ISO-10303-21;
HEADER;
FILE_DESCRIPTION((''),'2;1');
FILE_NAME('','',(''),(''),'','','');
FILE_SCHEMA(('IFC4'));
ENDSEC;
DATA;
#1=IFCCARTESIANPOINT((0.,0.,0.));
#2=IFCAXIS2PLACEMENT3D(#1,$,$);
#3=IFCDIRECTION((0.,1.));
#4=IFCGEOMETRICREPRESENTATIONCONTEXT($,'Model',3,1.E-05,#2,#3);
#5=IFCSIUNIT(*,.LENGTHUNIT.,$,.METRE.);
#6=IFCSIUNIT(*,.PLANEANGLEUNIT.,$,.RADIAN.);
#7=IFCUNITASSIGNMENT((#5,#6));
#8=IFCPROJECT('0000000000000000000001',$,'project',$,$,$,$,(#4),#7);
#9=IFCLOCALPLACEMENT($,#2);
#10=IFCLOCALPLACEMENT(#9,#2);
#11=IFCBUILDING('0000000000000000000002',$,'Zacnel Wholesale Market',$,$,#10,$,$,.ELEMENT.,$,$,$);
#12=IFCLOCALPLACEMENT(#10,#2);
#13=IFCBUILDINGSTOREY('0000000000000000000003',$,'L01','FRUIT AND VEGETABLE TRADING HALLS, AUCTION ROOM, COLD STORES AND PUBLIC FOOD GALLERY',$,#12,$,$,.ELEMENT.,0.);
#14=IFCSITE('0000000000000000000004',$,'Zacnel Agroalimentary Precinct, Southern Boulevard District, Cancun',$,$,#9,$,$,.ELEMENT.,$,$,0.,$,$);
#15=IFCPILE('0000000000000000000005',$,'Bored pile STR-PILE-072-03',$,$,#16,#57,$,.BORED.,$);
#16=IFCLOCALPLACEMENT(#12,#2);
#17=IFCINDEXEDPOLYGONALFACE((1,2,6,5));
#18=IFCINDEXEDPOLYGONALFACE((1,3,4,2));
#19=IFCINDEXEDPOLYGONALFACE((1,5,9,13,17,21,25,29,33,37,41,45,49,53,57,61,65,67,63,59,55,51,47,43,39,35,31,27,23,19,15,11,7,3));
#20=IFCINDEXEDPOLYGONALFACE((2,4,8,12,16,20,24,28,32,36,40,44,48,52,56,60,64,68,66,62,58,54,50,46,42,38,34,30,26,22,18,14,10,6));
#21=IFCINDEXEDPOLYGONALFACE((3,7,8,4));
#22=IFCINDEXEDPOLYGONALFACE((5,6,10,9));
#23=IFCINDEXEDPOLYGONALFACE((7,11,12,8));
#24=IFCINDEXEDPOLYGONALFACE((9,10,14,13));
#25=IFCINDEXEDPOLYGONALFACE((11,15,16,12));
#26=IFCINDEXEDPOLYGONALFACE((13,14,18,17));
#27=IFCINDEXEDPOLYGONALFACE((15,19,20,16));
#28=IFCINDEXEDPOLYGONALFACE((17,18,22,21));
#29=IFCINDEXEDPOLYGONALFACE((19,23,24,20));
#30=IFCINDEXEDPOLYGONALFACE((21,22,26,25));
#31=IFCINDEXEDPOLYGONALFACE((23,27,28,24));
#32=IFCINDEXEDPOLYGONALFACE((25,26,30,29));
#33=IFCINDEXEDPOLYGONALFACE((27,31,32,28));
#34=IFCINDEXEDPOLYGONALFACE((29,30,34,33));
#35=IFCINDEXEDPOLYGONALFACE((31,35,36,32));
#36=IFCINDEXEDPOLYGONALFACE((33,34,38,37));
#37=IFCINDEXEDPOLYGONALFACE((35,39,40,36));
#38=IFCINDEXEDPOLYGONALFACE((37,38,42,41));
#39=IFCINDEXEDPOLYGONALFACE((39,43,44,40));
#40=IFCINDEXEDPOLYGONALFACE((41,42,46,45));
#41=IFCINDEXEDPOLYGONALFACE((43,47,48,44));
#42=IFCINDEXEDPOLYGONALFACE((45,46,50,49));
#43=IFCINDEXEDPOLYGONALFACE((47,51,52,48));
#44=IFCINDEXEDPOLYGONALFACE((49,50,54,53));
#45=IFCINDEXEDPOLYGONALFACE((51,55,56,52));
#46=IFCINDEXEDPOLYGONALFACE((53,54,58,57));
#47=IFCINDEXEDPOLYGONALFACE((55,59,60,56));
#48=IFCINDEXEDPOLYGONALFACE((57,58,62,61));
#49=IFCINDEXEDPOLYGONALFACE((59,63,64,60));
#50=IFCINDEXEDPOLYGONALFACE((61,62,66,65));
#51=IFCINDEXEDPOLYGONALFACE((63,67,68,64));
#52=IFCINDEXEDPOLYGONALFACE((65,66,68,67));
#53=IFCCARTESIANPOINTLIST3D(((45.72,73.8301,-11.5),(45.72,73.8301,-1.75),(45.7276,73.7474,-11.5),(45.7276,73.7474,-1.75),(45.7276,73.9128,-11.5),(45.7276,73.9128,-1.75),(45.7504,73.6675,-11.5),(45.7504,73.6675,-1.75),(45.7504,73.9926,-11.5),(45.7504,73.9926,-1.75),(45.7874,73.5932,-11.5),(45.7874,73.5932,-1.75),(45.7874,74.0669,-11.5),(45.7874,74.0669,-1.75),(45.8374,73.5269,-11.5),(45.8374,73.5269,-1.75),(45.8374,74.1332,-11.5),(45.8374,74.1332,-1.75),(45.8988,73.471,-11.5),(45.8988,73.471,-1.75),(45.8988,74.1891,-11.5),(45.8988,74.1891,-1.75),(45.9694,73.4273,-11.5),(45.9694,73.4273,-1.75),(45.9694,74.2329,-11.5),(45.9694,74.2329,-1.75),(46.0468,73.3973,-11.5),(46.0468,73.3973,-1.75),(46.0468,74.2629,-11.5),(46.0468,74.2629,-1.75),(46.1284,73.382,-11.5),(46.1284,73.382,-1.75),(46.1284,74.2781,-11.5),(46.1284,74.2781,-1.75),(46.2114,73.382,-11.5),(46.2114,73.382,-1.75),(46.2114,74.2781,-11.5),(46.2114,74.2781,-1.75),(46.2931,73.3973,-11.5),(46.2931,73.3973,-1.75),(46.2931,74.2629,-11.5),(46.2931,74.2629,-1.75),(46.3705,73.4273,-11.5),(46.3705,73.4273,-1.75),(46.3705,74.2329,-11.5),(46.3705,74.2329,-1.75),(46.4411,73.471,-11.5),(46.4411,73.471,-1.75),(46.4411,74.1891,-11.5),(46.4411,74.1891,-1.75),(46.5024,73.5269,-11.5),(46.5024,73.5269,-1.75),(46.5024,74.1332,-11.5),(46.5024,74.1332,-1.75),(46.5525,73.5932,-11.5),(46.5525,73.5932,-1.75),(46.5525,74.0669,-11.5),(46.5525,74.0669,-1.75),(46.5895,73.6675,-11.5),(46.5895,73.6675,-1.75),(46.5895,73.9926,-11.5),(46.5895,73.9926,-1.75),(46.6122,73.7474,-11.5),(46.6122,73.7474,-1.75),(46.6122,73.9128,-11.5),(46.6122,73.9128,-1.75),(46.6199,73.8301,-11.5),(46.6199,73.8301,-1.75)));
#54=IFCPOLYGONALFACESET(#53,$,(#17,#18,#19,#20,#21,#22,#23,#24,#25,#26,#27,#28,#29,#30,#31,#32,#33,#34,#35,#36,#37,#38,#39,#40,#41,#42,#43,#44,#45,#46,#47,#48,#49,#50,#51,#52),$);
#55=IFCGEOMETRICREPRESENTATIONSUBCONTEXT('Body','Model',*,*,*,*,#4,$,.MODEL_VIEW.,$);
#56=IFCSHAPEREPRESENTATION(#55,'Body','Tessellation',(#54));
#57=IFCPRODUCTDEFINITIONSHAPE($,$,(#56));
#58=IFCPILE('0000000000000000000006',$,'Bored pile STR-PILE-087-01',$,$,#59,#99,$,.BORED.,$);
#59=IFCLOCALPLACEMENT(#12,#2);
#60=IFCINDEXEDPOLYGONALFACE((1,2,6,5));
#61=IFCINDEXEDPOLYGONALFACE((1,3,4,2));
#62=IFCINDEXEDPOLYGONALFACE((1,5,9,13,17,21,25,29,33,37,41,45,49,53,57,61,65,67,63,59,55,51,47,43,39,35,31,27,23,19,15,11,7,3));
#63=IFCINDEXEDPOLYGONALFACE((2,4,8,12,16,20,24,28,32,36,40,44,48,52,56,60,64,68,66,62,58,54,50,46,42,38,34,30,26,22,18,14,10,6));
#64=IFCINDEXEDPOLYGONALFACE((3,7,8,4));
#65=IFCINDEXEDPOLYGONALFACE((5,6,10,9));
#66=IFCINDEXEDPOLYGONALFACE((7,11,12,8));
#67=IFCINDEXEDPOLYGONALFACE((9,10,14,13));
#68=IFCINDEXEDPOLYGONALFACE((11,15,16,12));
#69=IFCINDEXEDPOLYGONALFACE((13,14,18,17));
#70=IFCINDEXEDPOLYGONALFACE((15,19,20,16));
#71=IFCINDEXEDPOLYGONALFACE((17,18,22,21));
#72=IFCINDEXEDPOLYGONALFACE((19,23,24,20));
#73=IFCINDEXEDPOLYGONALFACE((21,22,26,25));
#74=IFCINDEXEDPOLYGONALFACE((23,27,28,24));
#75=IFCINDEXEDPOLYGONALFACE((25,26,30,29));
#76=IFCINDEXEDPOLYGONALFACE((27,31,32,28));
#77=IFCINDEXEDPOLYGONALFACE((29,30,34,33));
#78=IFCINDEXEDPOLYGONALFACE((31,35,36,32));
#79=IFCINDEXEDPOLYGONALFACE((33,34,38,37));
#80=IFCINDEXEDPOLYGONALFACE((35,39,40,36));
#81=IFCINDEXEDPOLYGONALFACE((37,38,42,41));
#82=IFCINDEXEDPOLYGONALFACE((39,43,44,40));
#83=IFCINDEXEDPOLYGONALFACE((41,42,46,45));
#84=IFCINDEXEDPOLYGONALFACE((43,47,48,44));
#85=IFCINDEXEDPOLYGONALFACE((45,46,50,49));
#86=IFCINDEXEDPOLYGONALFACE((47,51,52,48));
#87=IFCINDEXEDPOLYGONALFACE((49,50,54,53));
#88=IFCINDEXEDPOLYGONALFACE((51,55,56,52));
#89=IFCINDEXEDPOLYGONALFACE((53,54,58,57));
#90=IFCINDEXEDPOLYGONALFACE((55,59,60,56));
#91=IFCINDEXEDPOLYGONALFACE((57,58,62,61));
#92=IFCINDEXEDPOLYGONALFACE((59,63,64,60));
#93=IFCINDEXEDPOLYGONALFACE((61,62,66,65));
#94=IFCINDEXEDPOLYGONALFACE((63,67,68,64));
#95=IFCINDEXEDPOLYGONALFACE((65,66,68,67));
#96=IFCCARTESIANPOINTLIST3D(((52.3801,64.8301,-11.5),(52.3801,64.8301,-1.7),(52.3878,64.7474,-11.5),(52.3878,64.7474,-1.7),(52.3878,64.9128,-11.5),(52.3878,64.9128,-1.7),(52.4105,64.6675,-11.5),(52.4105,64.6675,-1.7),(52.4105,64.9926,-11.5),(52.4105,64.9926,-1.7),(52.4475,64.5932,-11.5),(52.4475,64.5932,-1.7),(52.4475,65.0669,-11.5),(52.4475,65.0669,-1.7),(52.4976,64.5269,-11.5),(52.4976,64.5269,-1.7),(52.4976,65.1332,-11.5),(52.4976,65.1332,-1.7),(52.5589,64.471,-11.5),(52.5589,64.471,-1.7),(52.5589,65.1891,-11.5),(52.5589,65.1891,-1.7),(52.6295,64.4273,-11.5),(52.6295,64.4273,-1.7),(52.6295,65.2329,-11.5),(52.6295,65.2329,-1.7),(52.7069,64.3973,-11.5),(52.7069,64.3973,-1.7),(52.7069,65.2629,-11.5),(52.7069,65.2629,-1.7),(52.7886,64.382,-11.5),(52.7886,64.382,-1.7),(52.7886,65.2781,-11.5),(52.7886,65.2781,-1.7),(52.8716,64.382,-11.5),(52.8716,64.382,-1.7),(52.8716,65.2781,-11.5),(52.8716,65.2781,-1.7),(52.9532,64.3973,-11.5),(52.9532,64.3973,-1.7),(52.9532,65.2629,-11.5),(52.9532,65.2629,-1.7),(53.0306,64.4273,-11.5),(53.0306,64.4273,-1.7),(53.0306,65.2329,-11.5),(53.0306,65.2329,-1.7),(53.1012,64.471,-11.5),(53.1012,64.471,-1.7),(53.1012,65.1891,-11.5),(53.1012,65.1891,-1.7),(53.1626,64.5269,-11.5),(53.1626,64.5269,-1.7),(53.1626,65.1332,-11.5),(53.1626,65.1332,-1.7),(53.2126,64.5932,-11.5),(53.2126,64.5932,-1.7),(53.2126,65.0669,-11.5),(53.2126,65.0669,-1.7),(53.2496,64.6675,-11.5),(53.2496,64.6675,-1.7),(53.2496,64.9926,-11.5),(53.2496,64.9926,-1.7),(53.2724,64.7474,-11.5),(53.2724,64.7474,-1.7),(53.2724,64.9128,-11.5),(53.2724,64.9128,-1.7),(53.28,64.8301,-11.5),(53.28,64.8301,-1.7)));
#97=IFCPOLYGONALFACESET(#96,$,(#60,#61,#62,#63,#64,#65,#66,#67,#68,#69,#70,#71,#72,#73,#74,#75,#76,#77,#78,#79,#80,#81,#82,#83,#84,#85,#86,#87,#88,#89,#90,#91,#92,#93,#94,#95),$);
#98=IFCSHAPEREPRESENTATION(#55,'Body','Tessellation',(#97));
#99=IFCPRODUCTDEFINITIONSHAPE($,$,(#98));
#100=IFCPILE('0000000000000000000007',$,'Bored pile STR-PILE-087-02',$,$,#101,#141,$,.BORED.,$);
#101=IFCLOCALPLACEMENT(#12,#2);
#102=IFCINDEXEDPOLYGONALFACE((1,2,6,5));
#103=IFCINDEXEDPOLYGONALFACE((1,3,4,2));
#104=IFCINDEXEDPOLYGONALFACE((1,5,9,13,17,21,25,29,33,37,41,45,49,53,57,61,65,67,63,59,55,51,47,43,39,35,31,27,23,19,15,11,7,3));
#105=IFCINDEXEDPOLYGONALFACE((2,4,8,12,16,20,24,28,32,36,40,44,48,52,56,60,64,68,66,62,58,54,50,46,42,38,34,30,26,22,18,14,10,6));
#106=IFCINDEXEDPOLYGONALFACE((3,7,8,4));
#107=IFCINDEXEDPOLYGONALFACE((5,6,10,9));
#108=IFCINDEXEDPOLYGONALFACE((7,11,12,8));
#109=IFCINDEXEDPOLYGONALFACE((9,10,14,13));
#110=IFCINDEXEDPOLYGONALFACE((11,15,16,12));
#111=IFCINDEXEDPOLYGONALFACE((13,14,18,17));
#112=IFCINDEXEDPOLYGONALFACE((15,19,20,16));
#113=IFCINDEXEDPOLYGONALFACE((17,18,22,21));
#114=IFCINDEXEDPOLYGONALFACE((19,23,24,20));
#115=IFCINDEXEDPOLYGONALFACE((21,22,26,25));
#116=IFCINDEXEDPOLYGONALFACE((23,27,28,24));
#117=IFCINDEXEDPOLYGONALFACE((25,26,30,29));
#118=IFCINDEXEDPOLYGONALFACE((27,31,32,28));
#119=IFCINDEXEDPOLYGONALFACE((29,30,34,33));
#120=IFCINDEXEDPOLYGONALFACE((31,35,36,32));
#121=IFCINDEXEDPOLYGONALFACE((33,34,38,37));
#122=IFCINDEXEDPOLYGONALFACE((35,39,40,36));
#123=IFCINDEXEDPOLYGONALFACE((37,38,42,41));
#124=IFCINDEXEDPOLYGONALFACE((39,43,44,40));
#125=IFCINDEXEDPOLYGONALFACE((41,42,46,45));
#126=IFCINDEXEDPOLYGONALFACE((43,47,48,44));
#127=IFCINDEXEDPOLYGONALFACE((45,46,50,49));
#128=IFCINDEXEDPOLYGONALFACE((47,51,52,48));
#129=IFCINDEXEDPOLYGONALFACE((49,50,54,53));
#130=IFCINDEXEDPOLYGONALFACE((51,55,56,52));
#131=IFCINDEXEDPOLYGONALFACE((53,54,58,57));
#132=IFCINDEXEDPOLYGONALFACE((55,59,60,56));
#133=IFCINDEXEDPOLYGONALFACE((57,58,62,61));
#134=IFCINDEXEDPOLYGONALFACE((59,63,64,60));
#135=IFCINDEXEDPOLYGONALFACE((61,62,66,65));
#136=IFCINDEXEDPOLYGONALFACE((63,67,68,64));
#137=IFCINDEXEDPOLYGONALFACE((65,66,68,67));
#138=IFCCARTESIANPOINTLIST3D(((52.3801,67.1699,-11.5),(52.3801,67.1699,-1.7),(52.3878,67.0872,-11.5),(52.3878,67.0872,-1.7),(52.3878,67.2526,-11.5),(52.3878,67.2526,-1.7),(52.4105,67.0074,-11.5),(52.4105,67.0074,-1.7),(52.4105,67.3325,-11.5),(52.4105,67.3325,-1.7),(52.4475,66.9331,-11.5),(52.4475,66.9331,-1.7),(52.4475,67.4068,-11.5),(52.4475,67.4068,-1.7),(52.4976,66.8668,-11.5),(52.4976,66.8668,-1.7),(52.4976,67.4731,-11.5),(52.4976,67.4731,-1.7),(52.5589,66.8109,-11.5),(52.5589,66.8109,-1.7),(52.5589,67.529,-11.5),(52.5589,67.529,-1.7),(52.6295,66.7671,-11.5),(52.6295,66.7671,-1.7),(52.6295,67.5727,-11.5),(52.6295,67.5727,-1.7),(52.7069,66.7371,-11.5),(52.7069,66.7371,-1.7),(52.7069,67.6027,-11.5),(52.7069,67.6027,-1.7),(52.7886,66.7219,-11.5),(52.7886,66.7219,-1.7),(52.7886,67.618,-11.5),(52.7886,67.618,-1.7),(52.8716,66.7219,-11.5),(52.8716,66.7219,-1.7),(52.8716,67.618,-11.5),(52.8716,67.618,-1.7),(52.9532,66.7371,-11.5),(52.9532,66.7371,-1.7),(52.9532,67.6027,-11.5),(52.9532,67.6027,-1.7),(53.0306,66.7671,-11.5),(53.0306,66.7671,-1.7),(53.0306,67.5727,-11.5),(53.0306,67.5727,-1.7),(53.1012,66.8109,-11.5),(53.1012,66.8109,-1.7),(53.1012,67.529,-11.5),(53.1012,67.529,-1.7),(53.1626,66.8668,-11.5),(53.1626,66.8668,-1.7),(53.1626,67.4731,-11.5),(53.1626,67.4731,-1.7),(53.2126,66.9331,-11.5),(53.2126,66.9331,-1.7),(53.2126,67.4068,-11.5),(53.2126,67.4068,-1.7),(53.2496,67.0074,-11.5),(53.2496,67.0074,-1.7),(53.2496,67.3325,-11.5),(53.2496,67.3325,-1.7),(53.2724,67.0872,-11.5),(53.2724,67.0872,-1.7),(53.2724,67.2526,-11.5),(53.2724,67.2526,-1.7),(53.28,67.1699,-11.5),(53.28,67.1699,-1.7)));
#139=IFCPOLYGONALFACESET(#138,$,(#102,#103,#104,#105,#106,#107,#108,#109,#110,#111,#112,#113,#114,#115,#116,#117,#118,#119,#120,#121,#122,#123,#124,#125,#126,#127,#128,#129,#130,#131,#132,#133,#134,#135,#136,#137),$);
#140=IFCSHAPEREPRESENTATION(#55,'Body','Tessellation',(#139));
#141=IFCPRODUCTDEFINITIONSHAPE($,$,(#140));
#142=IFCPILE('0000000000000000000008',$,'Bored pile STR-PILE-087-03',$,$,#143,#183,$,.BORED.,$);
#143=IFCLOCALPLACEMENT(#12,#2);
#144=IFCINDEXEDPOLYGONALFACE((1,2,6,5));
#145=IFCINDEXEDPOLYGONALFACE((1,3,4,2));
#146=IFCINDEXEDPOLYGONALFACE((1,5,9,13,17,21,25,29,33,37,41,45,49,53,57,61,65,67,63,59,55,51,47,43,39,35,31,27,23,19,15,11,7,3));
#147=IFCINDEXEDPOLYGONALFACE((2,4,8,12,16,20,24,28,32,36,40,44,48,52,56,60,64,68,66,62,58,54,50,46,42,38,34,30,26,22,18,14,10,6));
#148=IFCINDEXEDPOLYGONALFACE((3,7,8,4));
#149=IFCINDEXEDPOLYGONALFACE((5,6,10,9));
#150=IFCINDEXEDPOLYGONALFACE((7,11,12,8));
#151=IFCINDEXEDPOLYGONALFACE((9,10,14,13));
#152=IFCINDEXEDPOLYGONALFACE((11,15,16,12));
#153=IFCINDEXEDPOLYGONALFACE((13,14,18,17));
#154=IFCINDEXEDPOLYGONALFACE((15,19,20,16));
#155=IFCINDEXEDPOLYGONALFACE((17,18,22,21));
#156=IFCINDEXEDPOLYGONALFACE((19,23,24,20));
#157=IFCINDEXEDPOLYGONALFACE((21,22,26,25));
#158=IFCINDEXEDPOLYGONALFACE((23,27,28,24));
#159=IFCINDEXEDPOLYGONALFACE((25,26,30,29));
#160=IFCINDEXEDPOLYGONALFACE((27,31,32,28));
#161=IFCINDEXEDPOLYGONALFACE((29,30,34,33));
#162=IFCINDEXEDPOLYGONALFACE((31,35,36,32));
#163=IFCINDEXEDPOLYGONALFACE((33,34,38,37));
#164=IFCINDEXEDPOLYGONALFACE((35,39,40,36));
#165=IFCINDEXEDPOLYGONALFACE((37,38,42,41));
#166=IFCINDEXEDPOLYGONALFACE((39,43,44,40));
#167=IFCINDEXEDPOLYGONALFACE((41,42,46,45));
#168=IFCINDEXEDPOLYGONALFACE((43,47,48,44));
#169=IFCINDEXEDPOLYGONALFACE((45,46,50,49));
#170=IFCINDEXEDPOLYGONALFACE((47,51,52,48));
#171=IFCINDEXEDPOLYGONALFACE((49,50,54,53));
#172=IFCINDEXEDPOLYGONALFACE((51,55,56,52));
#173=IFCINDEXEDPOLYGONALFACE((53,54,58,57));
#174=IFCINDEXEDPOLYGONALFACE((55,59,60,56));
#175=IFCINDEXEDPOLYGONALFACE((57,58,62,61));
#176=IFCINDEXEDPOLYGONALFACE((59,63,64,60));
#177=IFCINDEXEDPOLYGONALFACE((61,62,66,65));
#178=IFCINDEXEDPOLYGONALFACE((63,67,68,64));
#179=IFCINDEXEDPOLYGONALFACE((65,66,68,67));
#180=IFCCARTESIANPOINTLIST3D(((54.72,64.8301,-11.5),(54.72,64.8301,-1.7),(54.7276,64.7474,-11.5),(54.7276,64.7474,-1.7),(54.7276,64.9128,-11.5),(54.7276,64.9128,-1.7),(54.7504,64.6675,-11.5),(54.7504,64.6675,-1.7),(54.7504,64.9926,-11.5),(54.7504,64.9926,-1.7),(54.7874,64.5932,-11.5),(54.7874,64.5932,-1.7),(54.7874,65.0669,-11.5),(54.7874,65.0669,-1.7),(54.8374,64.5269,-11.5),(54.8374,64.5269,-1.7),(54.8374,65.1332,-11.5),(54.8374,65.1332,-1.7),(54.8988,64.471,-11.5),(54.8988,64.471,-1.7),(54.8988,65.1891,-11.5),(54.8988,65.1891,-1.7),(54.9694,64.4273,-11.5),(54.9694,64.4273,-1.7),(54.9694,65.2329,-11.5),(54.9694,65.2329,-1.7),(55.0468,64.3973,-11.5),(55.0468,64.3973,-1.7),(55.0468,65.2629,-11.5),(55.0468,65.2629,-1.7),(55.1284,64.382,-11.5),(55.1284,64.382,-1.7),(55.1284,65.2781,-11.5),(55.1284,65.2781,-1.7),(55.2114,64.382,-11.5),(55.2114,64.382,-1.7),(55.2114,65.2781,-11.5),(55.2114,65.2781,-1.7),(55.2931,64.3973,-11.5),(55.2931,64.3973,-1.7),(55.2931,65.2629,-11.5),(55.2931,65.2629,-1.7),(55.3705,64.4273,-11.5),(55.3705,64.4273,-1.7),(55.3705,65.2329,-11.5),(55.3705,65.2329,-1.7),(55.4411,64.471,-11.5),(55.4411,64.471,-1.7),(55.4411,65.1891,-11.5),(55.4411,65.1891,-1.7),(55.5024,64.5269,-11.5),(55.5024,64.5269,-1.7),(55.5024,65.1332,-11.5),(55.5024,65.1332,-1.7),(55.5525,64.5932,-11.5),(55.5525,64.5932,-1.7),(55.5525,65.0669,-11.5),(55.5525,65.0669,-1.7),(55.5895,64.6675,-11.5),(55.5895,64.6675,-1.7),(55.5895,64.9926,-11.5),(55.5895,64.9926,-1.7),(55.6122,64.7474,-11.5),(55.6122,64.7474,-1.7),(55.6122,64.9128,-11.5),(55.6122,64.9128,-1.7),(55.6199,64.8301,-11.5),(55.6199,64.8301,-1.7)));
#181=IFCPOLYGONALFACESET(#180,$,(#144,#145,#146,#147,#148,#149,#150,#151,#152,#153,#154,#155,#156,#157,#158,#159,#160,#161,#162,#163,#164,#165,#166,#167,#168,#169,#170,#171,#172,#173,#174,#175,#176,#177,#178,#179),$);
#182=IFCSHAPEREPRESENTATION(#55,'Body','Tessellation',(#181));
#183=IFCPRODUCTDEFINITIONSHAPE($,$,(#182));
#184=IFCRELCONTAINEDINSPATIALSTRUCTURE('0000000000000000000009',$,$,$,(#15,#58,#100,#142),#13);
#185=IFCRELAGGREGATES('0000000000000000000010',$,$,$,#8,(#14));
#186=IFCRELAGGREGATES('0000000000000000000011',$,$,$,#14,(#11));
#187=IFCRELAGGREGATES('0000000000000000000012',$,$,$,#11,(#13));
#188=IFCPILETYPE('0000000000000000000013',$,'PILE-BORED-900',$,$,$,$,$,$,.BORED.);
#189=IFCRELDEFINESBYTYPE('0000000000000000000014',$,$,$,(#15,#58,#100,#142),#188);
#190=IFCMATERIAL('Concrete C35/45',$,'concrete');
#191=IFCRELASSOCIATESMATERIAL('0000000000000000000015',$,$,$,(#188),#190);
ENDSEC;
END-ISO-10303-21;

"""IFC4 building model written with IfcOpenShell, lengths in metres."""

from ifc_helpers import new_model, si_unit, direction, frame, origin, origin_2d, place, context, subcontext, project, spatial, circle, extrude, material, material_profile, profile_set, type_object, element, save


model = new_model("IFC4")

# Units and contexts
model_context = context("Model", 3, precision=1e-05, world=origin(), true_north=direction((0.0, 1.0)))
body_context = subcontext(model_context, "Body", "Model", "MODEL_VIEW")
ifc_project = project(units=[si_unit("LENGTHUNIT", "METRE"), si_unit("PLANEANGLEUNIT", "RADIAN")], contexts=[model_context])

# Site, building, storey
site_placement = place(None, origin())
site = spatial("IfcSite", under=ifc_project, at=site_placement, Name="Zacnel Agroalimentary Precinct, Southern Boulevard District, Cancun", CompositionType="ELEMENT", RefElevation=0.0)
building_placement = place(site_placement, origin())
building = spatial("IfcBuilding", under=site, at=building_placement, Name="Zacnel Wholesale Market", CompositionType="ELEMENT")
storey_placement = place(building_placement, origin())
storey = spatial("IfcBuildingStorey", under=building, at=storey_placement, Name="L01", Description="FRUIT AND VEGETABLE TRADING HALLS, AUCTION ROOM, COLD STORES AND PUBLIC FOOD GALLERY", CompositionType="ELEMENT", Elevation=0.0)

# Piles
ifc_material_1 = material(Name="Concrete C35/45", Category="concrete")
ifc_material_profile_1 = material_profile(ifc_material_1, circle(Radius=0.45, at=origin_2d()), Name="BORED PILE D900")
ifc_profile_set_1 = profile_set([ifc_material_profile_1], Name="Concrete C35/45")
pile_type = type_object("IfcPileType", Name="PILE-BORED-900", PredefinedType="BORED", material=ifc_profile_set_1)
for number, where, z_axis, x_axis, name in (
    (1, (46.1699, 73.8301, -1.75), (0.0, 0.0, -1.0), (1.0, 0.0, 0.0), "Bored pile STR-PILE-072-03"),
):
    element("IfcPile", number, at=place(storey_placement, frame(where, z_axis=z_axis, x_axis=x_axis)), inside=storey, type_object=pile_type, Name=name, PredefinedType="BORED", context=body_context, shape_type="SweptSolid", body=[
        extrude(circle(Radius=0.45, at=origin_2d()), origin(), (0.0, 0.0, 1.0), 9.75),
    ])
for number, where, z_axis, x_axis, name in (
    (2, (52.8301, 64.8301, -1.7), (0.0, 0.0, -1.0), (1.0, 0.0, 0.0), "Bored pile STR-PILE-087-01"),
    (3, (52.8301, 67.1699, -1.7), (0.0, 0.0, -1.0), (1.0, 0.0, 0.0), "Bored pile STR-PILE-087-02"),
    (4, (55.1699, 64.8301, -1.7), (0.0, 0.0, -1.0), (1.0, 0.0, 0.0), "Bored pile STR-PILE-087-03"),
):
    element("IfcPile", number, at=place(storey_placement, frame(where, z_axis=z_axis, x_axis=x_axis)), inside=storey, type_object=pile_type, Name=name, PredefinedType="BORED", context=body_context, shape_type="SweptSolid", body=[
        extrude(circle(Radius=0.45, at=origin_2d()), origin(), (0.0, 0.0, 1.0), 9.8),
    ])

save(model, "model.ifc")
